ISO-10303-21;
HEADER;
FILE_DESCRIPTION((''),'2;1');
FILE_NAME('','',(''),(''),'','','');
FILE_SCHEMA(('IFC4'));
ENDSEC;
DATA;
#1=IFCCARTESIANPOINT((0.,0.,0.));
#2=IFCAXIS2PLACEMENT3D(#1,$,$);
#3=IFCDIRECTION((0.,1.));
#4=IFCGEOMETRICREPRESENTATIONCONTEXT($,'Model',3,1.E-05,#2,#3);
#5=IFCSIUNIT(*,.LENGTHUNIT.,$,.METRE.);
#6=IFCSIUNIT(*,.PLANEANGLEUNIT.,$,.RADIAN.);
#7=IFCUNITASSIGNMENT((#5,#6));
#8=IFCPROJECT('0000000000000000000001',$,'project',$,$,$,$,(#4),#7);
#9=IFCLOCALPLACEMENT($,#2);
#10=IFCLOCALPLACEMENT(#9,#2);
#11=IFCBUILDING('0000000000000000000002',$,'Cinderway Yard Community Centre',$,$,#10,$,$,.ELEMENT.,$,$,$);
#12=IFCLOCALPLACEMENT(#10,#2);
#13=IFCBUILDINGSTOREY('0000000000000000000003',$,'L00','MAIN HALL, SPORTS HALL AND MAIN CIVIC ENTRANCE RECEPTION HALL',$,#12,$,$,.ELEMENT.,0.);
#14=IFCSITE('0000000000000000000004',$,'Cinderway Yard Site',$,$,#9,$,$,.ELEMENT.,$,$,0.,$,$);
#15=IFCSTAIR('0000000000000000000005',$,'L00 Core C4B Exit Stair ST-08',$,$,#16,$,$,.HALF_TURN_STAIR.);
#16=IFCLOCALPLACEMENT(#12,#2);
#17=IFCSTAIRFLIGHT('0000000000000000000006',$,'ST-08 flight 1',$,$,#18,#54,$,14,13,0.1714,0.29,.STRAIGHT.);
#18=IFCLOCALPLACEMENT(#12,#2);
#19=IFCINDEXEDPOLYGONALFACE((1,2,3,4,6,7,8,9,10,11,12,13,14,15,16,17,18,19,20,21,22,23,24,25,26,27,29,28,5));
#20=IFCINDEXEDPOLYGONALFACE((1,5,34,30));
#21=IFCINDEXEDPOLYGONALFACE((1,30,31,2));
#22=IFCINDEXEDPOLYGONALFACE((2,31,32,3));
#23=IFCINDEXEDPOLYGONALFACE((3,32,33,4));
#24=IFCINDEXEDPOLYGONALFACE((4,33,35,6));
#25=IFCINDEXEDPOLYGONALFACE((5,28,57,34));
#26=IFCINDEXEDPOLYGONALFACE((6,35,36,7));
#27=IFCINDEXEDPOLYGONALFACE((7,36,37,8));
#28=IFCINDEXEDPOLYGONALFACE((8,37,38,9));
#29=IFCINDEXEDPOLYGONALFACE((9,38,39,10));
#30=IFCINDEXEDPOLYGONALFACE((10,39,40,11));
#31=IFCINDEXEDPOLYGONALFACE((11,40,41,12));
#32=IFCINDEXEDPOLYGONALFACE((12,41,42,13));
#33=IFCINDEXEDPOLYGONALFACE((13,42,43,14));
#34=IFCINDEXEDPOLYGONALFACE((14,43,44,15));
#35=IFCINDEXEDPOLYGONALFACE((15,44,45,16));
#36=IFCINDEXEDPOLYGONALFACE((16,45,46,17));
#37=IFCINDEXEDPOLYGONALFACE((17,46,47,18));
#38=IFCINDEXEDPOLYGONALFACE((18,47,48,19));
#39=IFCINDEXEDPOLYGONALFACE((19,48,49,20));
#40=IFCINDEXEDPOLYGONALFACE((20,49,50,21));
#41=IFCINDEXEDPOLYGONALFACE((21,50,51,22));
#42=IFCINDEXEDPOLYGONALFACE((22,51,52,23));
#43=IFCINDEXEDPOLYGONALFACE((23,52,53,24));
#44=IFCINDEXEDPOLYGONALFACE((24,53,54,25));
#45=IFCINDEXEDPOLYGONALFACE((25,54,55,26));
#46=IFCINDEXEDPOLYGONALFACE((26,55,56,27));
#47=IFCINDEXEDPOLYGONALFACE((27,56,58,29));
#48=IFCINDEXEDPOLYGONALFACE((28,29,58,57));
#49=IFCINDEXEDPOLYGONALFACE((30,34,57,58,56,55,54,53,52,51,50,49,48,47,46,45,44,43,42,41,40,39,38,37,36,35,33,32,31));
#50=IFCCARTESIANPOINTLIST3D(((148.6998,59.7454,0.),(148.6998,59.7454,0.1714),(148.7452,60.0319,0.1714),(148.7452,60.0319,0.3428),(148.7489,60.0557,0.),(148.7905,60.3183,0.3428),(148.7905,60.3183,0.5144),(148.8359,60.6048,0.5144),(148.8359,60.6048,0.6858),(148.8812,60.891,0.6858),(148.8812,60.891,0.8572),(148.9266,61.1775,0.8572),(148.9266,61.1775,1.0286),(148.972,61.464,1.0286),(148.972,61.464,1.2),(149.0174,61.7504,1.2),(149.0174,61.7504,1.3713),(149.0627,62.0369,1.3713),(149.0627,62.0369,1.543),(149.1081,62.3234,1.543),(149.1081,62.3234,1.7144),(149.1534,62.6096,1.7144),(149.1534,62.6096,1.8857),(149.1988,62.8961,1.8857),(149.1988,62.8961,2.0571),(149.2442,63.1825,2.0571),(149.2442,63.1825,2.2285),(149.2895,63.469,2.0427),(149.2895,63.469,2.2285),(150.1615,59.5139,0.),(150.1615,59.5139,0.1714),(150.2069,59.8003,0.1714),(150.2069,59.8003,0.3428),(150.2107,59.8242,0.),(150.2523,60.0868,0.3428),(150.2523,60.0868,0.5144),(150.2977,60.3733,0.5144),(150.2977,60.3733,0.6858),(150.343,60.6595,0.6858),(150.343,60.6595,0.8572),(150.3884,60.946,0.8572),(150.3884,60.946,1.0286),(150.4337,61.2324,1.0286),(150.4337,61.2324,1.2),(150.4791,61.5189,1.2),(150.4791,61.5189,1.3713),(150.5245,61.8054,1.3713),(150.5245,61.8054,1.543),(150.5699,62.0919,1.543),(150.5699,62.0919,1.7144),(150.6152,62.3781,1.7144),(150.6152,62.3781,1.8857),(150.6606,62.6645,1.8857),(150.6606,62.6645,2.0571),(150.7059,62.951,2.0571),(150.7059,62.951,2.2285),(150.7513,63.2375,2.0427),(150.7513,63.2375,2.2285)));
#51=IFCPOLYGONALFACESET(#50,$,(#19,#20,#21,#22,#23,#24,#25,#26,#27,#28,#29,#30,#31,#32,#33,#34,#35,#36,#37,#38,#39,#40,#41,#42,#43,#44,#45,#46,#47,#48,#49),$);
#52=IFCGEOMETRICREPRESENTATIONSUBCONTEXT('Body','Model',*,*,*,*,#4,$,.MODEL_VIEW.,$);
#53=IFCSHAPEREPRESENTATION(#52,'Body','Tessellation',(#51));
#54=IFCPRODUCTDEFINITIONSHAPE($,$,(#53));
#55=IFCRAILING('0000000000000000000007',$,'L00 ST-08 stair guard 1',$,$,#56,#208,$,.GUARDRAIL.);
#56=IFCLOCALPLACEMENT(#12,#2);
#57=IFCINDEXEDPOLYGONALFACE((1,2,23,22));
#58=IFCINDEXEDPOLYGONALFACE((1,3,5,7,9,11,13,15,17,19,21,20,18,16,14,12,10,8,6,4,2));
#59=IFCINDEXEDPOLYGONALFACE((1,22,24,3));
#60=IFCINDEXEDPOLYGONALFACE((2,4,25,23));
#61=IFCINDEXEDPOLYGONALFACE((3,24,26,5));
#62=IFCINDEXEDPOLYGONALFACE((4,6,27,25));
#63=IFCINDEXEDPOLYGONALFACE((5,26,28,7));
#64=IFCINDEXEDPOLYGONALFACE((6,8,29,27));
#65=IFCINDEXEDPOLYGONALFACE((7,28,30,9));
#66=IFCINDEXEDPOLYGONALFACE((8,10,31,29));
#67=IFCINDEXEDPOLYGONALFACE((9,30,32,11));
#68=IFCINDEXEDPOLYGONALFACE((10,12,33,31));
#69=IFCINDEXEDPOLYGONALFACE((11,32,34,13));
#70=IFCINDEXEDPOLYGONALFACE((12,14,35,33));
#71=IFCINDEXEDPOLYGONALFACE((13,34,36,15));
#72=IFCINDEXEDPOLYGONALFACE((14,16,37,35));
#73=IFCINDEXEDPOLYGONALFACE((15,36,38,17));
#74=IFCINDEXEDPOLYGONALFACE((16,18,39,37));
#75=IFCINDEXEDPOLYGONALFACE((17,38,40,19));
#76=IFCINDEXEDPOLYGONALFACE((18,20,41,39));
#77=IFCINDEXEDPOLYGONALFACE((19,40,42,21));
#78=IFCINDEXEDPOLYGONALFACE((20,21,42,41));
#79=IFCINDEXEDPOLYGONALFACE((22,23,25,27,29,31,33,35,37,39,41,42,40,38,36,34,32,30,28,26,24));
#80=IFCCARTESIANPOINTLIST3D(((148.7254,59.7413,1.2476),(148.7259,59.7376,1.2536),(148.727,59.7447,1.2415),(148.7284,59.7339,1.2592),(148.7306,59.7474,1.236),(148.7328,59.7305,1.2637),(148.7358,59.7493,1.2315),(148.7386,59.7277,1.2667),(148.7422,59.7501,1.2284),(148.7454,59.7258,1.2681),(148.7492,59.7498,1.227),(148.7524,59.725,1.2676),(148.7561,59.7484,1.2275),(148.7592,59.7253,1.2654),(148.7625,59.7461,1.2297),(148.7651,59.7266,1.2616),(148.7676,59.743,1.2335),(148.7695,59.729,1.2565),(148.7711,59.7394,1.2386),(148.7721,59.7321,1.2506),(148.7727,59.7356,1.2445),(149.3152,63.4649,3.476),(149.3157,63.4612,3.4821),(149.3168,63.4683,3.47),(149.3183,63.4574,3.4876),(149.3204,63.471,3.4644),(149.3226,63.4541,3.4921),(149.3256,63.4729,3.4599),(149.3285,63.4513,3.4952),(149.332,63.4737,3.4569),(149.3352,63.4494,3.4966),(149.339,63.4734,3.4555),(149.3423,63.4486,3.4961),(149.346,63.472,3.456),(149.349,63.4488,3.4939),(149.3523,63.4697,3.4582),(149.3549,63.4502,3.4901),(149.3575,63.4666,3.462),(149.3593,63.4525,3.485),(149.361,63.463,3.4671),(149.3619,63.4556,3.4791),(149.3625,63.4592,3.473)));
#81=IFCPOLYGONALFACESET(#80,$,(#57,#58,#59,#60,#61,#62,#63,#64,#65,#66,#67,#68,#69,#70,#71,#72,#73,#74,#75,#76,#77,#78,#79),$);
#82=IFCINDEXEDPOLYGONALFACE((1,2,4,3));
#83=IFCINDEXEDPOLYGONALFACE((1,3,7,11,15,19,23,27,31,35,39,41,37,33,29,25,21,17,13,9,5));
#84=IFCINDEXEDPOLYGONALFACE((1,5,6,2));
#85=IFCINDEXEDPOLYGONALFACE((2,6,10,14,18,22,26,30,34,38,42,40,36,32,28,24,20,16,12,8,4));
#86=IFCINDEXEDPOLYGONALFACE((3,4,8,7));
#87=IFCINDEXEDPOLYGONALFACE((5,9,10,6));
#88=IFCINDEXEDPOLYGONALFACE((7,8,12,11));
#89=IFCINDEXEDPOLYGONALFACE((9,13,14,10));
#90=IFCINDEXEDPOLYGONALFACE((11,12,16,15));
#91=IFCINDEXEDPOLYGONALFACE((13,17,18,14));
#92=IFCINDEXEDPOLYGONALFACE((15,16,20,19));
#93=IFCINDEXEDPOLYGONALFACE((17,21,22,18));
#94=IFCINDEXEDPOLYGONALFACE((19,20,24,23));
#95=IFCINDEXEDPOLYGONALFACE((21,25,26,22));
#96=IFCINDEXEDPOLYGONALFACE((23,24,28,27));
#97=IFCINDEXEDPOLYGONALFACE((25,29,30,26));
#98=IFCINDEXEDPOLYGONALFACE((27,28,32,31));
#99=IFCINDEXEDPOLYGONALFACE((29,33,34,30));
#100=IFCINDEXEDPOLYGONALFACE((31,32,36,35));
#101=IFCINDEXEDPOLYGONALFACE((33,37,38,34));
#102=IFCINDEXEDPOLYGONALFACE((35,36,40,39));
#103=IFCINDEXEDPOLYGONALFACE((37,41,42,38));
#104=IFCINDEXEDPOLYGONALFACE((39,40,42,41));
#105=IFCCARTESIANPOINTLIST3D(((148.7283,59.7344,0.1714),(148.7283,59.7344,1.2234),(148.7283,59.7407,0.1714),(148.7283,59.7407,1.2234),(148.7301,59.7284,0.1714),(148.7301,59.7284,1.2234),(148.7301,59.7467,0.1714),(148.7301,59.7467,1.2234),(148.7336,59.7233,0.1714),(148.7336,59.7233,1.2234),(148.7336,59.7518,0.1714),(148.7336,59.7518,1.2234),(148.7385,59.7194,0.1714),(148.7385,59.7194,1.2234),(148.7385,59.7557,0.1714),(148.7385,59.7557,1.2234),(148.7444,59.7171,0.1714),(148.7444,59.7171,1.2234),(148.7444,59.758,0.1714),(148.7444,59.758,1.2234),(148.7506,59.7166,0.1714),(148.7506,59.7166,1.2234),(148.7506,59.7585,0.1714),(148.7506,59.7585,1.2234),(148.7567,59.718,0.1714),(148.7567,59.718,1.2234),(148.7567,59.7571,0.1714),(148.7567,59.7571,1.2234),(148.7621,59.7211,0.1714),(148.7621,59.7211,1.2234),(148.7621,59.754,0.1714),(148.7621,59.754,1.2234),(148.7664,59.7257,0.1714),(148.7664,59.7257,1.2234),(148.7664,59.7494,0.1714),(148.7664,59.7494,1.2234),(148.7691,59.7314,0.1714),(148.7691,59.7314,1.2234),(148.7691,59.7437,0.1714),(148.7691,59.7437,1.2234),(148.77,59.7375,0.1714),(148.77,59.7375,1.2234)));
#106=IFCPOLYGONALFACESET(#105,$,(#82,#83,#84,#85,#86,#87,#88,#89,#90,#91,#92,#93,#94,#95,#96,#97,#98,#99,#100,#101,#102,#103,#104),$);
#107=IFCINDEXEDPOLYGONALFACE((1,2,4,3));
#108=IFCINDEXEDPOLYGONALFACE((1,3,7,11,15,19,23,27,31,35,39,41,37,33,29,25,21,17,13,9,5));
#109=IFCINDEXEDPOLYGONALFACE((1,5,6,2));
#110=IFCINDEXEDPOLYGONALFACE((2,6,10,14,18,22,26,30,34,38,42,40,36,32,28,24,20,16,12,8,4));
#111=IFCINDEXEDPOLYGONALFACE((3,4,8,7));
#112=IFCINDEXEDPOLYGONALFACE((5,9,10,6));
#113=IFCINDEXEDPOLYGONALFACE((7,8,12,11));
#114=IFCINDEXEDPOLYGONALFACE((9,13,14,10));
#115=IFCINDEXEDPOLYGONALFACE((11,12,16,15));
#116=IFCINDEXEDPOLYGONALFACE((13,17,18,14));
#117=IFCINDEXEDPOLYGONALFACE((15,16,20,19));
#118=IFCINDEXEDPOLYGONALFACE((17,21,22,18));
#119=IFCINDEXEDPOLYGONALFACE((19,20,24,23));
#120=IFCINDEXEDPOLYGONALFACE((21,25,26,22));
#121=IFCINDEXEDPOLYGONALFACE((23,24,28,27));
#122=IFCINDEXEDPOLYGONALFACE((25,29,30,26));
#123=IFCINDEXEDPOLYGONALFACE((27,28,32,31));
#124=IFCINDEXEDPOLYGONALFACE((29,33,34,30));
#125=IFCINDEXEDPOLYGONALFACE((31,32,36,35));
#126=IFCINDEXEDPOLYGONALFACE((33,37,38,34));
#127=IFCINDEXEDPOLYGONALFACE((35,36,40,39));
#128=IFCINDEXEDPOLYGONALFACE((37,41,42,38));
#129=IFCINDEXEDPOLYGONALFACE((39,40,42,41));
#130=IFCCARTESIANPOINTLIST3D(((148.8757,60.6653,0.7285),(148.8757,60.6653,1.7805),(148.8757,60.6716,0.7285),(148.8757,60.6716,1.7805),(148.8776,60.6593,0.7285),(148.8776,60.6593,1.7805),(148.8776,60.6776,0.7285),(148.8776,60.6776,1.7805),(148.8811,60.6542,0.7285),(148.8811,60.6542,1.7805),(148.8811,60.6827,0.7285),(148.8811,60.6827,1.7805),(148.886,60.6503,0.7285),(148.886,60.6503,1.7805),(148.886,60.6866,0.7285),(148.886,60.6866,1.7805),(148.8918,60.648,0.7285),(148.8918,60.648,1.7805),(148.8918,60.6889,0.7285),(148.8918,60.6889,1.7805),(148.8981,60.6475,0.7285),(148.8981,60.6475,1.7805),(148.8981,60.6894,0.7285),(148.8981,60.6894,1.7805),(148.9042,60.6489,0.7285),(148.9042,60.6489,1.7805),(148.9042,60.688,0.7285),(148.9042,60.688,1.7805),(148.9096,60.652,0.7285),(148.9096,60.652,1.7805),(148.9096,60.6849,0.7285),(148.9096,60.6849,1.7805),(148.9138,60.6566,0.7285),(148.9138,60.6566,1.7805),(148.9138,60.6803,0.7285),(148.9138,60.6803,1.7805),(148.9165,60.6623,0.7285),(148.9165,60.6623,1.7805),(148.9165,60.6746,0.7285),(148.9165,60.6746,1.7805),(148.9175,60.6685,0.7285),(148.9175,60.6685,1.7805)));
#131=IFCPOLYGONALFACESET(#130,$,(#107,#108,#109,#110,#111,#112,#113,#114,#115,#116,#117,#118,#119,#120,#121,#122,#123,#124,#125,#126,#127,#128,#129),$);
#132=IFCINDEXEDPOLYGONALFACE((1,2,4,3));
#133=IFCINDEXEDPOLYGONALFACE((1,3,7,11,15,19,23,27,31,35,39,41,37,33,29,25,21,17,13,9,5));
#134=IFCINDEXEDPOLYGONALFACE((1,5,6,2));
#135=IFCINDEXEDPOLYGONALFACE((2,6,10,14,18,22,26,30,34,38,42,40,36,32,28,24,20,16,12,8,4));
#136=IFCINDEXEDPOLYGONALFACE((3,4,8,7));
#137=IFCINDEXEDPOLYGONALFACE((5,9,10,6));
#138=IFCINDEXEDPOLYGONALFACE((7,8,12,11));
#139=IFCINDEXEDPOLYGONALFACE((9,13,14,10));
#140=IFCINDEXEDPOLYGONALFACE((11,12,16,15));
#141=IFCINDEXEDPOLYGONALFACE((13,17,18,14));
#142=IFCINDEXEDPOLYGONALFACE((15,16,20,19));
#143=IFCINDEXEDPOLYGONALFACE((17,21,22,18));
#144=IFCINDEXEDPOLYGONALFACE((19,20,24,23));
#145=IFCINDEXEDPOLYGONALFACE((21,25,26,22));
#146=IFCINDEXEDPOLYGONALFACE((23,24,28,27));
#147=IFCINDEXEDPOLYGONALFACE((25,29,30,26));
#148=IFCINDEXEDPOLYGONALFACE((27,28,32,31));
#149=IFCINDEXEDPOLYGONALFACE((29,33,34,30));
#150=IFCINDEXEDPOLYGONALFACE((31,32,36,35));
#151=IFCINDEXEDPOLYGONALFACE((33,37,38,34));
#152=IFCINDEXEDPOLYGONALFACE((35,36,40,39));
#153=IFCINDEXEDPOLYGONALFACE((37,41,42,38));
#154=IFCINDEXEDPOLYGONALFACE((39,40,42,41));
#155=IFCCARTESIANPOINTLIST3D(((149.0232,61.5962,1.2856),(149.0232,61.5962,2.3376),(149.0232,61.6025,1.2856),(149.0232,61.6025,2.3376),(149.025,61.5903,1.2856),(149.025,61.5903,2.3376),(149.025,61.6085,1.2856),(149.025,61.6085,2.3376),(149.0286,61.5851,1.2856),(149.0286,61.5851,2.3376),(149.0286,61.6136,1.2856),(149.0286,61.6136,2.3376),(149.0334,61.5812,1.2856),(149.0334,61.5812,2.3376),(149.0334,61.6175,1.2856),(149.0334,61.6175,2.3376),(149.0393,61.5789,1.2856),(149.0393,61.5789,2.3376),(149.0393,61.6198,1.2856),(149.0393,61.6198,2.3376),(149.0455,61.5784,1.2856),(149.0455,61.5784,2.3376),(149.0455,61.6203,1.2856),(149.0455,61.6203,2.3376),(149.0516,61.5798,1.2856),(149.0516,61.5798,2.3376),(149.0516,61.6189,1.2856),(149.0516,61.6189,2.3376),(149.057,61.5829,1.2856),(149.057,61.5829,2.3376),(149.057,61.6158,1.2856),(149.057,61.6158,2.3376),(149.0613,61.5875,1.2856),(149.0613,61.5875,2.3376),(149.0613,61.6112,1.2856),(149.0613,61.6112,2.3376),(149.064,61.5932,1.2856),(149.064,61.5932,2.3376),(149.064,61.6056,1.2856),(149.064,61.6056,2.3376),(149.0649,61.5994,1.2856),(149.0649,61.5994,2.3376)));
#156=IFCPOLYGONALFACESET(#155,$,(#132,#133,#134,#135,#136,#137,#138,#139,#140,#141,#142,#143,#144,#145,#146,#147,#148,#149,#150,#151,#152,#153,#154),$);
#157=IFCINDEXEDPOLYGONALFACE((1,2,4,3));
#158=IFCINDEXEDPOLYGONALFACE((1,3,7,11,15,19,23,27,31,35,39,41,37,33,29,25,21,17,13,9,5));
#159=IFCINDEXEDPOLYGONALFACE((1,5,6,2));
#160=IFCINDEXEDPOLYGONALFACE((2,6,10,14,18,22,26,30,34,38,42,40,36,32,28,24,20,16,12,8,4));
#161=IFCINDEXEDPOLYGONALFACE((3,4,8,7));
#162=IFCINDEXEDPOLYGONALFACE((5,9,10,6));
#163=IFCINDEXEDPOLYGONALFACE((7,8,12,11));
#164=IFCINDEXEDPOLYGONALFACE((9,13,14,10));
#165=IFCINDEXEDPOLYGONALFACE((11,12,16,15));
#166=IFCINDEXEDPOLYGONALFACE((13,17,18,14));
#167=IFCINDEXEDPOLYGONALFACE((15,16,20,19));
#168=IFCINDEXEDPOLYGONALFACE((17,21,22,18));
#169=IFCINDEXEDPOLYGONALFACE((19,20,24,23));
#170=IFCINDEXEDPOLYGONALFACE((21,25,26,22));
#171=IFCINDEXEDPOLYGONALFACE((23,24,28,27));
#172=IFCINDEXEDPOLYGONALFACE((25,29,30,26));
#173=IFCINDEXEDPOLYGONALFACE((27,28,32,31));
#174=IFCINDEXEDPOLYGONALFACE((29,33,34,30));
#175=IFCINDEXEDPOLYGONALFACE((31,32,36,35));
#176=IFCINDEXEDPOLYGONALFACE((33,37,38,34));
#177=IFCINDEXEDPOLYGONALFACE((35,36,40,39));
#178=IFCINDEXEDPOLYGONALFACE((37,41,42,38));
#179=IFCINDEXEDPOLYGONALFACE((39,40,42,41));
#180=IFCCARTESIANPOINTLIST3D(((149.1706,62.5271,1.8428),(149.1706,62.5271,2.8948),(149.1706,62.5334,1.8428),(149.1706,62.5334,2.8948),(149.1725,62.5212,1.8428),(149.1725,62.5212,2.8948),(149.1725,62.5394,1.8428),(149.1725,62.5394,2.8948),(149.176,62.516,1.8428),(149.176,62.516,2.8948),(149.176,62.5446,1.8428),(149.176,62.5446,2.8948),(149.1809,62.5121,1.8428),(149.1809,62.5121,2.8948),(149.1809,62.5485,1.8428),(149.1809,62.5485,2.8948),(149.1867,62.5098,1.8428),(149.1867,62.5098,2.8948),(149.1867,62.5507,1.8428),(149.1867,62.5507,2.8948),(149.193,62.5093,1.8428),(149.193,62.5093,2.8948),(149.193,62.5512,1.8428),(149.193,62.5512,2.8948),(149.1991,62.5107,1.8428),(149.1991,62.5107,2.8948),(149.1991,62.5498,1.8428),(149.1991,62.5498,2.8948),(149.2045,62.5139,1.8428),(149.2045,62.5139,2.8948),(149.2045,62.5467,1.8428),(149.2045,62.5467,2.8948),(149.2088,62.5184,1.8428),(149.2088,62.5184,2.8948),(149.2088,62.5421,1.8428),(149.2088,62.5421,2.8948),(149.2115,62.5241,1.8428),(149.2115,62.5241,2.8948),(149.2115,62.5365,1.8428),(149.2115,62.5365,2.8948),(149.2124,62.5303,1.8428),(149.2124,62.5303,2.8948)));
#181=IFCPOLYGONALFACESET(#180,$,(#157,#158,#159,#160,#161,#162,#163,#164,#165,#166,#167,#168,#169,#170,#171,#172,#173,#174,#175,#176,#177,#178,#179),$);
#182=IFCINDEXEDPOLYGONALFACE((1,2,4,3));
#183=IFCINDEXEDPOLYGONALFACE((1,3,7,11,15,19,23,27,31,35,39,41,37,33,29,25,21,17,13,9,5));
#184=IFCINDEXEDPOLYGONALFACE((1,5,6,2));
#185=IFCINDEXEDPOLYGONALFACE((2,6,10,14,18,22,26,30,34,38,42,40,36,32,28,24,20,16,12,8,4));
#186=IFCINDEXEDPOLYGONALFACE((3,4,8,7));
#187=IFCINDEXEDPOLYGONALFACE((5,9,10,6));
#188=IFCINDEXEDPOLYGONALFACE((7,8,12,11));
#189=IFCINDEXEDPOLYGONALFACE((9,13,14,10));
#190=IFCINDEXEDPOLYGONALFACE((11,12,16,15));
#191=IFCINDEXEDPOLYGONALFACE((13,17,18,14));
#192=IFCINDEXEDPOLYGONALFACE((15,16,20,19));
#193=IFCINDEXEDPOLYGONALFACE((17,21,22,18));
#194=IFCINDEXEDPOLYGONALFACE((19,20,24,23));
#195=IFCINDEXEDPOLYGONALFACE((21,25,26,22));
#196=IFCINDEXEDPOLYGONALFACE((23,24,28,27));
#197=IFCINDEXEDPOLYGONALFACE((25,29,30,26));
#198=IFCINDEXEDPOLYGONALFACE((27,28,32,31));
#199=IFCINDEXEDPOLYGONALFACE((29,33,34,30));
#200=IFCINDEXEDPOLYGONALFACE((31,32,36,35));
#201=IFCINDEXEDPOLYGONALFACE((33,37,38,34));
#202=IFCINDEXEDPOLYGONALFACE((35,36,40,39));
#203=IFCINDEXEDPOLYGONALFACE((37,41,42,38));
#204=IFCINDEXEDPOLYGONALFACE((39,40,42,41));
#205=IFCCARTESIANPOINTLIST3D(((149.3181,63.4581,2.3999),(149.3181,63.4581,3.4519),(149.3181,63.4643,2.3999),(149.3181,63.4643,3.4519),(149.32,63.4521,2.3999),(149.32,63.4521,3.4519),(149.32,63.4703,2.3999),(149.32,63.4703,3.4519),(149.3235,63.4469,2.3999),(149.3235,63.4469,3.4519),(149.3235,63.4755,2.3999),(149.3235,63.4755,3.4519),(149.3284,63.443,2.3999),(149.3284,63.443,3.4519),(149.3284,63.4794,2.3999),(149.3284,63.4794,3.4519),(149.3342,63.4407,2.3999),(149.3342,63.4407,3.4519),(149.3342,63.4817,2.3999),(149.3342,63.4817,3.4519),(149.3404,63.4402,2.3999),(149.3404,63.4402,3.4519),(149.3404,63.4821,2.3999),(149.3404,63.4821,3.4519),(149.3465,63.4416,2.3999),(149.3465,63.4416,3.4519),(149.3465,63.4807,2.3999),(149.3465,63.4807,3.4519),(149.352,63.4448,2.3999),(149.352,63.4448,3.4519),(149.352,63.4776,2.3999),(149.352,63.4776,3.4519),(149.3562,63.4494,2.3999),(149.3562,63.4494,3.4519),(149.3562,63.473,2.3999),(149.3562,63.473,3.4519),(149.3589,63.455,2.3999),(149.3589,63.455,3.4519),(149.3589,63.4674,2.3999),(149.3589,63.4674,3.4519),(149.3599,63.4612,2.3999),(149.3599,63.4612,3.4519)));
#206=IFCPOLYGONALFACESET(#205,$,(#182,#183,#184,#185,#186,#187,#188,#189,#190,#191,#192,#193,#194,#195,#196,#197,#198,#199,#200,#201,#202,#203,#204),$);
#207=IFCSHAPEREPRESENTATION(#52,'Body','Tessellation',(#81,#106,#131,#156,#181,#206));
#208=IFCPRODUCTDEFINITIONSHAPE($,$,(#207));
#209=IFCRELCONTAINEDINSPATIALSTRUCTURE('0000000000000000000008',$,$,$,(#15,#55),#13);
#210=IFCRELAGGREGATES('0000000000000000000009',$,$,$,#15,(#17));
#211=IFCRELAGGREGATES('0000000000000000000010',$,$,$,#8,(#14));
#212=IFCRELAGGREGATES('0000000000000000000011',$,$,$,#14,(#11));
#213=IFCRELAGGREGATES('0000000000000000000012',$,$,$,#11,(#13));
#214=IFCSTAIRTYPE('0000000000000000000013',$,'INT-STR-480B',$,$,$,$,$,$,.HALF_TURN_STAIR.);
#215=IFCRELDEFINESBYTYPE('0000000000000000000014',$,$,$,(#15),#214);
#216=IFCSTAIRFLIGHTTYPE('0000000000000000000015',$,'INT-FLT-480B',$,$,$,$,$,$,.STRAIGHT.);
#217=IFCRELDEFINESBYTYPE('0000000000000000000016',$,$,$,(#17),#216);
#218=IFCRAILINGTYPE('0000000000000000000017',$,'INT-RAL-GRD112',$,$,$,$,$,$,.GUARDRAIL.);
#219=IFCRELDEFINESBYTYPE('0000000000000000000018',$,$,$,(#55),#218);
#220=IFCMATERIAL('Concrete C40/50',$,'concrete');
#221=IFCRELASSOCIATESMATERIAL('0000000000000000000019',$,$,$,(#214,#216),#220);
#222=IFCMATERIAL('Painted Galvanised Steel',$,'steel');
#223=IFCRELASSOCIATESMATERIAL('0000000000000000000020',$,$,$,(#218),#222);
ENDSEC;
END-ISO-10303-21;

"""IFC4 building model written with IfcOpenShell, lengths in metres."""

from ifc_helpers import new_model, si_unit, direction, frame, origin, origin_2d, place, context, subcontext, project, spatial, polyline, circle, outline, extrude, material, type_object, element, aggregate, save


model = new_model("IFC4")

# Units and contexts
model_context = context("Model", 3, precision=1e-05, world=origin(), true_north=direction((0.0, 1.0)))
body_context = subcontext(model_context, "Body", "Model", "MODEL_VIEW")
ifc_project = project(units=[si_unit("LENGTHUNIT", "METRE"), si_unit("PLANEANGLEUNIT", "RADIAN")], contexts=[model_context])

# Site, building, storey
site_placement = place(None, origin())
site = spatial("IfcSite", under=ifc_project, at=site_placement, Name="Cinderway Yard Site", CompositionType="ELEMENT", RefElevation=0.0)
building_placement = place(site_placement, origin())
building = spatial("IfcBuilding", under=site, at=building_placement, Name="Cinderway Yard Community Centre", CompositionType="ELEMENT")
storey_placement = place(building_placement, origin())
storey = spatial("IfcBuildingStorey", under=building, at=storey_placement, Name="L00", Description="MAIN HALL, SPORTS HALL AND MAIN CIVIC ENTRANCE RECEPTION HALL", CompositionType="ELEMENT", Elevation=0.0)

# Shared definitions
ifc_material_1 = material(Name="Concrete C40/50", Category="concrete")

# Stair, stair flight
stair_type = type_object("IfcStairType", Name="INT-STR-480B", PredefinedType="HALF_TURN_STAIR", material=ifc_material_1)
stair_placement = place(storey_placement, origin())
stair = element("IfcStair", 1, at=stair_placement, inside=storey, type_object=stair_type, Name="L00 Core C4B Exit Stair ST-08", PredefinedType="HALF_TURN_STAIR")
stair_flight_type = type_object("IfcStairFlightType", Name="INT-FLT-480B", PredefinedType="STRAIGHT", material=ifc_material_1)
stair_flight_placement = place(storey_placement, frame((149.4307, 59.6296, 0.0), z_axis=(0.0, 0.0, 1.0), x_axis=(0.156434, 0.987688, 0.0)))
stair_flight = element("IfcStairFlight", 2, at=stair_flight_placement, type_object=stair_flight_type, Name="ST-08 flight 1", NumberOfRisers=14, NumberOfTreads=13, PredefinedType="STRAIGHT", RiserHeight=0.1714, TreadLength=0.29, context=body_context, shape_type="SweptSolid", body=[
    extrude(outline(polyline([(0.0, 0.0), (0.0, 0.1714), (0.29, 0.1714), (0.29, 0.3428), (0.5801, 0.3428), (0.5801, 0.5144), (0.8701, 0.5144), (0.8701, 0.6858), (1.1599, 0.6858), (1.1599, 0.8572), (1.45, 0.8572), (1.45, 1.0286), (1.74, 1.0286), (1.74, 1.2), (2.03, 1.2), (2.03, 1.3713), (2.3201, 1.3713), (2.3201, 1.543), (2.6101, 1.543), (2.6101, 1.7144), (2.8999, 1.7144), (2.8999, 1.8857), (3.1899, 1.8857), (3.1899, 2.0571), (3.48, 2.0571), (3.48, 2.2285), (3.77, 2.2285), (3.77, 2.3999), (3.77, 2.0427), (0.3142, 0.0), (0.0, 0.0)])), frame((0.0, 0.74, 0.0), z_axis=(0.0, -1.0, 0.0), x_axis=(1.0, 0.0, 0.0)), (0.0, 0.0, 1.0), 1.48),
])
aggregate(stair, [stair_flight])

# Railing
ifc_material_2 = material(Name="Painted Galvanised Steel", Category="steel")
railing_type_1 = type_object("IfcRailingType", Name="INT-RAL-GRD112", PredefinedType="GUARDRAIL", material=ifc_material_2)
railing_1_placement = place(storey_placement, frame((148.749, 59.7375, 0.1714)))
element("IfcRailing", 3, at=railing_1_placement, inside=storey, type_object=railing_type_1, Name="L00 ST-08 stair guard 1", PredefinedType="GUARDRAIL", context=body_context, shape_type="SweptSolid", body=[
    extrude(circle(Radius=0.0239, at=origin_2d()), frame((0.0, 0.0, 1.0762), z_axis=(0.134684, 0.85025, 0.508857), x_axis=(-0.987685, 0.156455, 0.0)), (0.0, 0.0, 1.0), 4.3794),
    extrude(circle(Radius=0.021, at=origin_2d()), origin(), (0.0, 0.0, 1.0), 1.052),
    extrude(circle(Radius=0.021, at=origin_2d()), frame((0.1475, 0.9309, 0.5571)), (0.0, 0.0, 1.0), 1.052),
    extrude(circle(Radius=0.021, at=origin_2d()), frame((0.2949, 1.8618, 1.1143)), (0.0, 0.0, 1.0), 1.052),
    extrude(circle(Radius=0.021, at=origin_2d()), frame((0.4424, 2.7927, 1.6714)), (0.0, 0.0, 1.0), 1.052),
    extrude(circle(Radius=0.021, at=origin_2d()), frame((0.5898, 3.7236, 2.2285)), (0.0, 0.0, 1.0), 1.052),
])

save(model, "model.ifc")
